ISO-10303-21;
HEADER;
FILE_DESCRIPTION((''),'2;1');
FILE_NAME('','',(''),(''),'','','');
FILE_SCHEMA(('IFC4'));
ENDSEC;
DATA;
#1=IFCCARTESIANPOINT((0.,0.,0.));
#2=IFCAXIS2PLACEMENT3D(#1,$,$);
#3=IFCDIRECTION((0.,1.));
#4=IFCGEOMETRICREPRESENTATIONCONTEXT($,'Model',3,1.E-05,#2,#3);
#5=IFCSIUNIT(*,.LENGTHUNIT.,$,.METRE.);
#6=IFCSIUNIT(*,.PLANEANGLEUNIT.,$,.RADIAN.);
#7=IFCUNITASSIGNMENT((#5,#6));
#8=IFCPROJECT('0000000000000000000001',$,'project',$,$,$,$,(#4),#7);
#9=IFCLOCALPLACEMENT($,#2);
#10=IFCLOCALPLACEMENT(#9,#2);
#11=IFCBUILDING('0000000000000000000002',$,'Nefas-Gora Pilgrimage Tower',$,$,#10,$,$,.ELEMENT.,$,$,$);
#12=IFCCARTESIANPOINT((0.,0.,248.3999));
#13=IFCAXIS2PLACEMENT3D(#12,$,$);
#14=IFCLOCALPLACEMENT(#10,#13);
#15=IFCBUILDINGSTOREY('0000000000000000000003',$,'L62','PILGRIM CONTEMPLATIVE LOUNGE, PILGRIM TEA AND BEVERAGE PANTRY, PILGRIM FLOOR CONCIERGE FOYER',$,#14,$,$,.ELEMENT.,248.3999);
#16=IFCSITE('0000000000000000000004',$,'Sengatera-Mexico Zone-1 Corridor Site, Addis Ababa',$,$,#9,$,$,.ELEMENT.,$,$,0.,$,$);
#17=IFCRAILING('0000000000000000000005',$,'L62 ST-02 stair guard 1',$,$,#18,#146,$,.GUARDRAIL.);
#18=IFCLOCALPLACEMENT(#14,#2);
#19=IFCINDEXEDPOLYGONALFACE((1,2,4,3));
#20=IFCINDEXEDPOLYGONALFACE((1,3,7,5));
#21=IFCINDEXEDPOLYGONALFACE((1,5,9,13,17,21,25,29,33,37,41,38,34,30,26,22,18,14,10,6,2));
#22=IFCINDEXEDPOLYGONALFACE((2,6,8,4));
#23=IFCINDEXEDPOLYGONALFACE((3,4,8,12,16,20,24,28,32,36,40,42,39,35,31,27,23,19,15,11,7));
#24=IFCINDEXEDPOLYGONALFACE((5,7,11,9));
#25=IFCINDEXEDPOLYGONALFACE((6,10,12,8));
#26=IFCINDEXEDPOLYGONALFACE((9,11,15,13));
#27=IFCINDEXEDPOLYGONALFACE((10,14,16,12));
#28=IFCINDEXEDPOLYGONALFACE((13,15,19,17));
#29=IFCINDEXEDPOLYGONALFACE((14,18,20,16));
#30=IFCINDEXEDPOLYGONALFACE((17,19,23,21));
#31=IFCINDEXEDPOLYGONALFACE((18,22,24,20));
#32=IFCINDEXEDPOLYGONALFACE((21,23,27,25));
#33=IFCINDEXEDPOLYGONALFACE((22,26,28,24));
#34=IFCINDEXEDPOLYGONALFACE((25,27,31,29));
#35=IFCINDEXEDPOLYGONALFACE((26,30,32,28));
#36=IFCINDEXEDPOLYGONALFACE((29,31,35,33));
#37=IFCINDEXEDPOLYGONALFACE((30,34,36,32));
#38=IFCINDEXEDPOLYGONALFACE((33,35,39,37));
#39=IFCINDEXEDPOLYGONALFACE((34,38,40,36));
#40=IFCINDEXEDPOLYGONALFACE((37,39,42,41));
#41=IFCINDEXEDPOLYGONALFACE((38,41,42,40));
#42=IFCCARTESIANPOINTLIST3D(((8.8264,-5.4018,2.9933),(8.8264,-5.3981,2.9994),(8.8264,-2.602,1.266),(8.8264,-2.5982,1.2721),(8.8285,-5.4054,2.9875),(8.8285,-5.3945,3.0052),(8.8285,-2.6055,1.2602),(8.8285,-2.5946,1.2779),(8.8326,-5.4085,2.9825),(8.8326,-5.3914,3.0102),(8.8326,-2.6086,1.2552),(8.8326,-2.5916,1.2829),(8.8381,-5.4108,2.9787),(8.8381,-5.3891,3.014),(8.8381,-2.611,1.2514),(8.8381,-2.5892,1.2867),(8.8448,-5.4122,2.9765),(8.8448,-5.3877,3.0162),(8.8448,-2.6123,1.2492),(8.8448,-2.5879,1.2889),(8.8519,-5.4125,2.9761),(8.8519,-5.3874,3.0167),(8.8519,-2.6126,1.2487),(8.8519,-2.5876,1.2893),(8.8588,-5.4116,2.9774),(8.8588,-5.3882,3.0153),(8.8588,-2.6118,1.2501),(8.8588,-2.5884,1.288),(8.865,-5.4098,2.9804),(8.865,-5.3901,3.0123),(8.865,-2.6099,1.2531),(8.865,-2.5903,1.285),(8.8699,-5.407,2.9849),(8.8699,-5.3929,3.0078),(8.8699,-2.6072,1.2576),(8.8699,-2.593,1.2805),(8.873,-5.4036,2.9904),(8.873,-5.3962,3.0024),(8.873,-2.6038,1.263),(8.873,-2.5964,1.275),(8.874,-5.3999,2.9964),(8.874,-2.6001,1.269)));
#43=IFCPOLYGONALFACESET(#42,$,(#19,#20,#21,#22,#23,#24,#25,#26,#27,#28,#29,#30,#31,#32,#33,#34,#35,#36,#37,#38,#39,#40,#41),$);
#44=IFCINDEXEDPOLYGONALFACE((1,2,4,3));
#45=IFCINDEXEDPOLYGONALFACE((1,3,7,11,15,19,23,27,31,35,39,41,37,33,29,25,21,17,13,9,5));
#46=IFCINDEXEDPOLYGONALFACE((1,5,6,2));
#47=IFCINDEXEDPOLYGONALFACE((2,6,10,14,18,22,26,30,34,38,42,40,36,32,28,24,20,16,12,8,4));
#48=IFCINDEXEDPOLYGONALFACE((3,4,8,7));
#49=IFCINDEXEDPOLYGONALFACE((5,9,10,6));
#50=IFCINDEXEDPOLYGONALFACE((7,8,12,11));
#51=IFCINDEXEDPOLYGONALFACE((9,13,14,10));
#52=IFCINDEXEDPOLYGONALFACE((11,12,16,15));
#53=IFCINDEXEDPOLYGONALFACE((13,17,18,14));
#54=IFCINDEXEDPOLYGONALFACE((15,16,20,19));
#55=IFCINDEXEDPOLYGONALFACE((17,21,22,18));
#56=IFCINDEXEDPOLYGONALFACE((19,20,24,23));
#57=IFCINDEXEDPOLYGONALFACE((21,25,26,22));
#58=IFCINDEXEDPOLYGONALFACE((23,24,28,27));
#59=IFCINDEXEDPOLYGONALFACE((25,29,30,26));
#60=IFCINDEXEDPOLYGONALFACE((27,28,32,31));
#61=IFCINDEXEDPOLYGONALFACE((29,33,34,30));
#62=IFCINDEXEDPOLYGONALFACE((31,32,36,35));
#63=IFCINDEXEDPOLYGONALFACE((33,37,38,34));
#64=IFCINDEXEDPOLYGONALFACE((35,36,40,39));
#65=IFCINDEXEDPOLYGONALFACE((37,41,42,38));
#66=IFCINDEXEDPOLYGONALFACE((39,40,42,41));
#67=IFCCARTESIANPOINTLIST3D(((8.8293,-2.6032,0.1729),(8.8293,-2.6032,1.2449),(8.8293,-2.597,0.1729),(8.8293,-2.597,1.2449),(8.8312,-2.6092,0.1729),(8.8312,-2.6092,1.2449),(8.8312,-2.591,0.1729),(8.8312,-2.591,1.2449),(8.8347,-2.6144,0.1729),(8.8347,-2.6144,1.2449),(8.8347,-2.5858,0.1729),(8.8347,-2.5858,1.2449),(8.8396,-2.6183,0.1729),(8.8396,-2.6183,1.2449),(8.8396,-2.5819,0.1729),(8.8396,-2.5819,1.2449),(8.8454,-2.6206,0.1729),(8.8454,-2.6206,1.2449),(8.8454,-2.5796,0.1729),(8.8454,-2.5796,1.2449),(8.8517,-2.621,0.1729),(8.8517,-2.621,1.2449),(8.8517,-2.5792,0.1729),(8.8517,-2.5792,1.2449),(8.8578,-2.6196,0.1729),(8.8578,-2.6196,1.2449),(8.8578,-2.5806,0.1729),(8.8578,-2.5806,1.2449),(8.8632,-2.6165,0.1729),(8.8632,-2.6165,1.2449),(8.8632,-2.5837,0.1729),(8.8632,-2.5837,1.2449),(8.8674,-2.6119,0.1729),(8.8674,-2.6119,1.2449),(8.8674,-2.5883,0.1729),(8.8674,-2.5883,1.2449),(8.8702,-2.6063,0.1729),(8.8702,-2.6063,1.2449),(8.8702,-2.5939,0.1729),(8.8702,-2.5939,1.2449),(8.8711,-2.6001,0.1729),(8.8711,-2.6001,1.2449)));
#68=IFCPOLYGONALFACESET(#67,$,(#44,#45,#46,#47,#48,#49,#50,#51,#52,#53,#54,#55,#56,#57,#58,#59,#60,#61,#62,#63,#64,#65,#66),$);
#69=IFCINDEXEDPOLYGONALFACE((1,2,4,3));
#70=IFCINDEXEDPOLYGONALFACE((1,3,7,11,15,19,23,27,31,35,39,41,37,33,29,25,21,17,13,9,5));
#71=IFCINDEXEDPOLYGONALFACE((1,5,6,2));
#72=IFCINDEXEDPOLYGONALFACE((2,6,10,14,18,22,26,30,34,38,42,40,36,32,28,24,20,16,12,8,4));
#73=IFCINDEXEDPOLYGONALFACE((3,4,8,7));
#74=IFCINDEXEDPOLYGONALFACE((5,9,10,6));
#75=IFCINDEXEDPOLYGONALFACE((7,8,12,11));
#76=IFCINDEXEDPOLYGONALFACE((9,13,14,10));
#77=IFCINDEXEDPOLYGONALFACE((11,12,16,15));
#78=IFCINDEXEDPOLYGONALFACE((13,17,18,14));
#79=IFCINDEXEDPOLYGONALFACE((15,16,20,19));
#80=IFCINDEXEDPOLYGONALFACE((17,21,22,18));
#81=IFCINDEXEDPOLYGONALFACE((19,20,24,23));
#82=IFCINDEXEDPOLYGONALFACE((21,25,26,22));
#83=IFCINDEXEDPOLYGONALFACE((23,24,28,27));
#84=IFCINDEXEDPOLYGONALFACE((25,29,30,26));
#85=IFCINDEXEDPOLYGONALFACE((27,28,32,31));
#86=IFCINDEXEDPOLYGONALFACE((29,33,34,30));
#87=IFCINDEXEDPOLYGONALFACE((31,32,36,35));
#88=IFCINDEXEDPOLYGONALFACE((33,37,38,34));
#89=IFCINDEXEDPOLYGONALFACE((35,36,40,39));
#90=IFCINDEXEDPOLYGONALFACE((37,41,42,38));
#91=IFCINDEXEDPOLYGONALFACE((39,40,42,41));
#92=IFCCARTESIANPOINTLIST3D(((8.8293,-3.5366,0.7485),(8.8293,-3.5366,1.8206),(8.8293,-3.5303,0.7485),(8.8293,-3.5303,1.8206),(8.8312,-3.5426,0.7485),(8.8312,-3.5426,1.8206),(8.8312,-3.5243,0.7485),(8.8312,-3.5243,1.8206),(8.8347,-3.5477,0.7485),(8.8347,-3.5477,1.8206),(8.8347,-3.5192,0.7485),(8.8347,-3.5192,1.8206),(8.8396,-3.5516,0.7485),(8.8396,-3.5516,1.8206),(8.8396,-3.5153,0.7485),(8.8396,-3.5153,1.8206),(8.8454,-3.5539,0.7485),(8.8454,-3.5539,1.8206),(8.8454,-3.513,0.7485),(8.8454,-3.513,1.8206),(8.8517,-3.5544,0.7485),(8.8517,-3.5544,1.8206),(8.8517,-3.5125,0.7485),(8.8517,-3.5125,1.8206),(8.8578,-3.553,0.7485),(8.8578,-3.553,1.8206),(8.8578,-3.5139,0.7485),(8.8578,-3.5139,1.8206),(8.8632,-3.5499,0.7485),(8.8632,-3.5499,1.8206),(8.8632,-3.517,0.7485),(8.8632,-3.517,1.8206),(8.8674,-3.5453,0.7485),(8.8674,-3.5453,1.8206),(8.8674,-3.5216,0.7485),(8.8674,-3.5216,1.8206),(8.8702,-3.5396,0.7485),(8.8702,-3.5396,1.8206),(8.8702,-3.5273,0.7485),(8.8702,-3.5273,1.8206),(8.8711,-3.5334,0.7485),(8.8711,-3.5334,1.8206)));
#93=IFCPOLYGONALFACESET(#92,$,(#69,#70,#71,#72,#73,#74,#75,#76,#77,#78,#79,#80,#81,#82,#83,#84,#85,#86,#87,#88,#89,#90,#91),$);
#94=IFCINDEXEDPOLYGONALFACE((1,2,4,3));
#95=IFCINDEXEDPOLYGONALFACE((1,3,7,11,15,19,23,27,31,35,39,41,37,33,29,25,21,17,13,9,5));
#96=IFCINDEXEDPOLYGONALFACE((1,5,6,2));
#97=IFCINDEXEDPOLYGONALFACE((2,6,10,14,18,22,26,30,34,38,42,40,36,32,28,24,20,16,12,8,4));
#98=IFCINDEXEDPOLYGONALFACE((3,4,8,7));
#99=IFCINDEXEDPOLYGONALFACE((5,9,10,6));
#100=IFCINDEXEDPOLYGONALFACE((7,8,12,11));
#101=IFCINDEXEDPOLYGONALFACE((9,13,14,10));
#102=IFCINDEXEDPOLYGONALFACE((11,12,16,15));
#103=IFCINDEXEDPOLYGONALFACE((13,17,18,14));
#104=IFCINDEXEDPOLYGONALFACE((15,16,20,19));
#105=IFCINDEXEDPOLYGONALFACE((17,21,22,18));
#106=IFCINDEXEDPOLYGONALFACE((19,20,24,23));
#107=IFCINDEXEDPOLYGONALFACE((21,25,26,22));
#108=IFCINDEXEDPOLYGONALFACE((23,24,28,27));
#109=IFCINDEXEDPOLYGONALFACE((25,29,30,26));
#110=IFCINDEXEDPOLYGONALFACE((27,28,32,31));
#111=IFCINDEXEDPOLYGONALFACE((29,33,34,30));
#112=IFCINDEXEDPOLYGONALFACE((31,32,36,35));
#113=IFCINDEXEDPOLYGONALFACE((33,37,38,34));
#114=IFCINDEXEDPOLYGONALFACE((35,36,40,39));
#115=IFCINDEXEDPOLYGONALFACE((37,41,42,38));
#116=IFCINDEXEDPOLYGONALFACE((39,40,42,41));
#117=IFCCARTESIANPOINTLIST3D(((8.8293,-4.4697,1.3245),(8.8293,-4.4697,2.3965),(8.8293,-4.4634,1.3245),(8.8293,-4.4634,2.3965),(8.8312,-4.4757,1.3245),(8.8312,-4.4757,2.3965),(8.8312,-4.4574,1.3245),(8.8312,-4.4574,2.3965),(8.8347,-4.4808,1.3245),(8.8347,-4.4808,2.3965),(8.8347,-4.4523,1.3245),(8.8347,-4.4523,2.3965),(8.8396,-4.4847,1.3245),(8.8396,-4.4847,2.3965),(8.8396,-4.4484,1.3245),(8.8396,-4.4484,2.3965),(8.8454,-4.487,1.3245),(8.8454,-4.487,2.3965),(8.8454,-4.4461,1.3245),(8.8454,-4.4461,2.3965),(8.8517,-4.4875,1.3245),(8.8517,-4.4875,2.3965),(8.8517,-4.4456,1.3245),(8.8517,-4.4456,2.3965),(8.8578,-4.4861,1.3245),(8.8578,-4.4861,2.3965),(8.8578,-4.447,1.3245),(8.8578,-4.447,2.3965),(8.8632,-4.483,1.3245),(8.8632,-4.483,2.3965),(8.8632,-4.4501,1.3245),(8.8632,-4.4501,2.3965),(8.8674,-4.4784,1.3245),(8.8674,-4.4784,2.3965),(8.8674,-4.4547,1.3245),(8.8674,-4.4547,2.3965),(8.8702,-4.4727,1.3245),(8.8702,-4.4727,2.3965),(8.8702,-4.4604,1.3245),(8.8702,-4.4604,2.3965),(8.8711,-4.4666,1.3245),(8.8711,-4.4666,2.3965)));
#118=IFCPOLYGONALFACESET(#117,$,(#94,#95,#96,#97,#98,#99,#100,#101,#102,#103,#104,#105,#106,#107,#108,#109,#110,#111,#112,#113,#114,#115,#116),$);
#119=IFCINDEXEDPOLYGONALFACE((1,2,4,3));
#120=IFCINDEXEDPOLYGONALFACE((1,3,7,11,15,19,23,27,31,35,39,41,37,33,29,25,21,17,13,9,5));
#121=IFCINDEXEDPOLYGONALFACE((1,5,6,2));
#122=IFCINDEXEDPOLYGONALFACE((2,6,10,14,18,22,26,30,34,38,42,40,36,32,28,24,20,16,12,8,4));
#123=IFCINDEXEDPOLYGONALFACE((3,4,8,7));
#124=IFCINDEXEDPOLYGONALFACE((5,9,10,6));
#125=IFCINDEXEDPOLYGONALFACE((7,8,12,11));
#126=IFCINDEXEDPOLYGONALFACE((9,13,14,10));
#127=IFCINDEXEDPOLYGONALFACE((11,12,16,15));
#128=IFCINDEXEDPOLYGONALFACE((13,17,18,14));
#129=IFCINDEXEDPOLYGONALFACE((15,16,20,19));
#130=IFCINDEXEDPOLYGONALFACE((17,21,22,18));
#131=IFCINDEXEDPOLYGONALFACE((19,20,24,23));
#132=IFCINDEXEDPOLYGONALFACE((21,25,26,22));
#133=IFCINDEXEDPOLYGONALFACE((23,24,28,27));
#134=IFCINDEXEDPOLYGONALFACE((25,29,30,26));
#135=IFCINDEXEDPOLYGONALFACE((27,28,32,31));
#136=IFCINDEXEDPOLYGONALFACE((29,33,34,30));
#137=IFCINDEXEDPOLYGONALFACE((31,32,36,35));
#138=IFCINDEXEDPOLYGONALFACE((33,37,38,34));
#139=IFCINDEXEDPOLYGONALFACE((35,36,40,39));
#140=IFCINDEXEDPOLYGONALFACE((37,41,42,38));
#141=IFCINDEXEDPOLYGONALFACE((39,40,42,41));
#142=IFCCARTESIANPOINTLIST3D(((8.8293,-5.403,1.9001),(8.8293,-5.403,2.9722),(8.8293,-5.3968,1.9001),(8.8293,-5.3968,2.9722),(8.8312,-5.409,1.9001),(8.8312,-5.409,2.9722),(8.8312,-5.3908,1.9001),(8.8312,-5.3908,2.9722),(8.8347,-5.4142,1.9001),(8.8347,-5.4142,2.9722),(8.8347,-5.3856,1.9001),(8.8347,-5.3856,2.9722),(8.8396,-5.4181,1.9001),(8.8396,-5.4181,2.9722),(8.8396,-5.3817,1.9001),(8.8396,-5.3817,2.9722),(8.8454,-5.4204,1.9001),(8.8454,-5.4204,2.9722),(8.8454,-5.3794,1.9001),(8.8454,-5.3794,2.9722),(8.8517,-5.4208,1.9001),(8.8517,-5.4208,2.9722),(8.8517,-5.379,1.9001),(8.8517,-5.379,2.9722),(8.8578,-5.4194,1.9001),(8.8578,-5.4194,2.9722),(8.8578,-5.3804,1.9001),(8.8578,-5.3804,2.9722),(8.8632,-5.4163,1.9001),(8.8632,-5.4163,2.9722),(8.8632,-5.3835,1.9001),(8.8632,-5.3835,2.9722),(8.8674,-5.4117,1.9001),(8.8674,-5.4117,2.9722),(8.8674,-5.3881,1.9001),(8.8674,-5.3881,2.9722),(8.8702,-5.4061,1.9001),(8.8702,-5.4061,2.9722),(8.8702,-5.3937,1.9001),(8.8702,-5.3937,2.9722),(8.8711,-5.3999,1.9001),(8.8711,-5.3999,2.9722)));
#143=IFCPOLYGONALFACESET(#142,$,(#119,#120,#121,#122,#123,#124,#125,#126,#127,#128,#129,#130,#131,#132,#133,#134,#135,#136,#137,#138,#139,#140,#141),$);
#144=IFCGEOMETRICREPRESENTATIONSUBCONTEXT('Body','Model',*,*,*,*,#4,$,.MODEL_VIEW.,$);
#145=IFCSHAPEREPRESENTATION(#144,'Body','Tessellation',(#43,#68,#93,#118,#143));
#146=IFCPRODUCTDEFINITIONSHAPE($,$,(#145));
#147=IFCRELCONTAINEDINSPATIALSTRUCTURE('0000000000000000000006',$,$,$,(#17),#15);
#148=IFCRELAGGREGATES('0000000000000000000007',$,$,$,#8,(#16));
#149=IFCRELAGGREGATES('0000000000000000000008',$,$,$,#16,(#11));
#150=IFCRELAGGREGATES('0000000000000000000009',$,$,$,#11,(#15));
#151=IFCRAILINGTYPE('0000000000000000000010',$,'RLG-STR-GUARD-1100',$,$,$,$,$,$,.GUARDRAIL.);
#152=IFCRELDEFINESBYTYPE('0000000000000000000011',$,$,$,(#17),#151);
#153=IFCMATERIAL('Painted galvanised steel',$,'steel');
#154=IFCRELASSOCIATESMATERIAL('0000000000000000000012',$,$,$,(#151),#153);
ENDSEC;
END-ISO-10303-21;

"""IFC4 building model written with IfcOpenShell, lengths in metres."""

from ifc_helpers import new_model, si_unit, direction, frame, origin, origin_2d, place, context, subcontext, project, spatial, circle, extrude, material, type_object, element, save


model = new_model("IFC4")

# Units and contexts
model_context = context("Model", 3, precision=1e-05, world=origin(), true_north=direction((0.0, 1.0)))
body_context = subcontext(model_context, "Body", "Model", "MODEL_VIEW")
ifc_project = project(units=[si_unit("LENGTHUNIT", "METRE"), si_unit("PLANEANGLEUNIT", "RADIAN")], contexts=[model_context])

# Site, building, storey
site_placement = place(None, origin())
site = spatial("IfcSite", under=ifc_project, at=site_placement, Name="Sengatera-Mexico Zone-1 Corridor Site, Addis Ababa", CompositionType="ELEMENT", RefElevation=0.0)
building_placement = place(site_placement, origin())
building = spatial("IfcBuilding", under=site, at=building_placement, Name="Nefas-Gora Pilgrimage Tower", CompositionType="ELEMENT")
storey_placement = place(building_placement, frame((0.0, 0.0, 248.3999)))
storey = spatial("IfcBuildingStorey", under=building, at=storey_placement, Name="L62", Description="PILGRIM CONTEMPLATIVE LOUNGE, PILGRIM TEA AND BEVERAGE PANTRY, PILGRIM FLOOR CONCIERGE FOYER", CompositionType="ELEMENT", Elevation=248.3999)

# Railing
ifc_material_1 = material(Name="Painted galvanised steel", Category="steel")
railing_type_1 = type_object("IfcRailingType", Name="RLG-STR-GUARD-1100", PredefinedType="GUARDRAIL", material=ifc_material_1)
railing_1_placement = place(storey_placement, frame((8.8501, -2.6001, 0.1729)))
element("IfcRailing", 1, at=railing_1_placement, inside=storey, type_object=railing_type_1, Name="L62 ST-02 stair guard 1", PredefinedType="GUARDRAIL", context=body_context, shape_type="SweptSolid", body=[
    extrude(circle(Radius=0.0239, at=origin_2d()), frame((0.0, 0.0, 1.0962), z_axis=(0.0, -0.851069, 0.525054), x_axis=(1.0, 0.0, 0.0)), (0.0, 0.0, 1.0), 3.2898),
    extrude(circle(Radius=0.021, at=origin_2d()), origin(), (0.0, 0.0, 1.0), 1.072),
    extrude(circle(Radius=0.021, at=origin_2d()), frame((0.0, -0.9333, 0.5757)), (0.0, 0.0, 1.0), 1.072),
    extrude(circle(Radius=0.021, at=origin_2d()), frame((0.0, -1.8665, 1.1516)), (0.0, 0.0, 1.0), 1.072),
    extrude(circle(Radius=0.021, at=origin_2d()), frame((0.0, -2.7998, 1.7273)), (0.0, 0.0, 1.0), 1.072),
])

save(model, "model.ifc")
